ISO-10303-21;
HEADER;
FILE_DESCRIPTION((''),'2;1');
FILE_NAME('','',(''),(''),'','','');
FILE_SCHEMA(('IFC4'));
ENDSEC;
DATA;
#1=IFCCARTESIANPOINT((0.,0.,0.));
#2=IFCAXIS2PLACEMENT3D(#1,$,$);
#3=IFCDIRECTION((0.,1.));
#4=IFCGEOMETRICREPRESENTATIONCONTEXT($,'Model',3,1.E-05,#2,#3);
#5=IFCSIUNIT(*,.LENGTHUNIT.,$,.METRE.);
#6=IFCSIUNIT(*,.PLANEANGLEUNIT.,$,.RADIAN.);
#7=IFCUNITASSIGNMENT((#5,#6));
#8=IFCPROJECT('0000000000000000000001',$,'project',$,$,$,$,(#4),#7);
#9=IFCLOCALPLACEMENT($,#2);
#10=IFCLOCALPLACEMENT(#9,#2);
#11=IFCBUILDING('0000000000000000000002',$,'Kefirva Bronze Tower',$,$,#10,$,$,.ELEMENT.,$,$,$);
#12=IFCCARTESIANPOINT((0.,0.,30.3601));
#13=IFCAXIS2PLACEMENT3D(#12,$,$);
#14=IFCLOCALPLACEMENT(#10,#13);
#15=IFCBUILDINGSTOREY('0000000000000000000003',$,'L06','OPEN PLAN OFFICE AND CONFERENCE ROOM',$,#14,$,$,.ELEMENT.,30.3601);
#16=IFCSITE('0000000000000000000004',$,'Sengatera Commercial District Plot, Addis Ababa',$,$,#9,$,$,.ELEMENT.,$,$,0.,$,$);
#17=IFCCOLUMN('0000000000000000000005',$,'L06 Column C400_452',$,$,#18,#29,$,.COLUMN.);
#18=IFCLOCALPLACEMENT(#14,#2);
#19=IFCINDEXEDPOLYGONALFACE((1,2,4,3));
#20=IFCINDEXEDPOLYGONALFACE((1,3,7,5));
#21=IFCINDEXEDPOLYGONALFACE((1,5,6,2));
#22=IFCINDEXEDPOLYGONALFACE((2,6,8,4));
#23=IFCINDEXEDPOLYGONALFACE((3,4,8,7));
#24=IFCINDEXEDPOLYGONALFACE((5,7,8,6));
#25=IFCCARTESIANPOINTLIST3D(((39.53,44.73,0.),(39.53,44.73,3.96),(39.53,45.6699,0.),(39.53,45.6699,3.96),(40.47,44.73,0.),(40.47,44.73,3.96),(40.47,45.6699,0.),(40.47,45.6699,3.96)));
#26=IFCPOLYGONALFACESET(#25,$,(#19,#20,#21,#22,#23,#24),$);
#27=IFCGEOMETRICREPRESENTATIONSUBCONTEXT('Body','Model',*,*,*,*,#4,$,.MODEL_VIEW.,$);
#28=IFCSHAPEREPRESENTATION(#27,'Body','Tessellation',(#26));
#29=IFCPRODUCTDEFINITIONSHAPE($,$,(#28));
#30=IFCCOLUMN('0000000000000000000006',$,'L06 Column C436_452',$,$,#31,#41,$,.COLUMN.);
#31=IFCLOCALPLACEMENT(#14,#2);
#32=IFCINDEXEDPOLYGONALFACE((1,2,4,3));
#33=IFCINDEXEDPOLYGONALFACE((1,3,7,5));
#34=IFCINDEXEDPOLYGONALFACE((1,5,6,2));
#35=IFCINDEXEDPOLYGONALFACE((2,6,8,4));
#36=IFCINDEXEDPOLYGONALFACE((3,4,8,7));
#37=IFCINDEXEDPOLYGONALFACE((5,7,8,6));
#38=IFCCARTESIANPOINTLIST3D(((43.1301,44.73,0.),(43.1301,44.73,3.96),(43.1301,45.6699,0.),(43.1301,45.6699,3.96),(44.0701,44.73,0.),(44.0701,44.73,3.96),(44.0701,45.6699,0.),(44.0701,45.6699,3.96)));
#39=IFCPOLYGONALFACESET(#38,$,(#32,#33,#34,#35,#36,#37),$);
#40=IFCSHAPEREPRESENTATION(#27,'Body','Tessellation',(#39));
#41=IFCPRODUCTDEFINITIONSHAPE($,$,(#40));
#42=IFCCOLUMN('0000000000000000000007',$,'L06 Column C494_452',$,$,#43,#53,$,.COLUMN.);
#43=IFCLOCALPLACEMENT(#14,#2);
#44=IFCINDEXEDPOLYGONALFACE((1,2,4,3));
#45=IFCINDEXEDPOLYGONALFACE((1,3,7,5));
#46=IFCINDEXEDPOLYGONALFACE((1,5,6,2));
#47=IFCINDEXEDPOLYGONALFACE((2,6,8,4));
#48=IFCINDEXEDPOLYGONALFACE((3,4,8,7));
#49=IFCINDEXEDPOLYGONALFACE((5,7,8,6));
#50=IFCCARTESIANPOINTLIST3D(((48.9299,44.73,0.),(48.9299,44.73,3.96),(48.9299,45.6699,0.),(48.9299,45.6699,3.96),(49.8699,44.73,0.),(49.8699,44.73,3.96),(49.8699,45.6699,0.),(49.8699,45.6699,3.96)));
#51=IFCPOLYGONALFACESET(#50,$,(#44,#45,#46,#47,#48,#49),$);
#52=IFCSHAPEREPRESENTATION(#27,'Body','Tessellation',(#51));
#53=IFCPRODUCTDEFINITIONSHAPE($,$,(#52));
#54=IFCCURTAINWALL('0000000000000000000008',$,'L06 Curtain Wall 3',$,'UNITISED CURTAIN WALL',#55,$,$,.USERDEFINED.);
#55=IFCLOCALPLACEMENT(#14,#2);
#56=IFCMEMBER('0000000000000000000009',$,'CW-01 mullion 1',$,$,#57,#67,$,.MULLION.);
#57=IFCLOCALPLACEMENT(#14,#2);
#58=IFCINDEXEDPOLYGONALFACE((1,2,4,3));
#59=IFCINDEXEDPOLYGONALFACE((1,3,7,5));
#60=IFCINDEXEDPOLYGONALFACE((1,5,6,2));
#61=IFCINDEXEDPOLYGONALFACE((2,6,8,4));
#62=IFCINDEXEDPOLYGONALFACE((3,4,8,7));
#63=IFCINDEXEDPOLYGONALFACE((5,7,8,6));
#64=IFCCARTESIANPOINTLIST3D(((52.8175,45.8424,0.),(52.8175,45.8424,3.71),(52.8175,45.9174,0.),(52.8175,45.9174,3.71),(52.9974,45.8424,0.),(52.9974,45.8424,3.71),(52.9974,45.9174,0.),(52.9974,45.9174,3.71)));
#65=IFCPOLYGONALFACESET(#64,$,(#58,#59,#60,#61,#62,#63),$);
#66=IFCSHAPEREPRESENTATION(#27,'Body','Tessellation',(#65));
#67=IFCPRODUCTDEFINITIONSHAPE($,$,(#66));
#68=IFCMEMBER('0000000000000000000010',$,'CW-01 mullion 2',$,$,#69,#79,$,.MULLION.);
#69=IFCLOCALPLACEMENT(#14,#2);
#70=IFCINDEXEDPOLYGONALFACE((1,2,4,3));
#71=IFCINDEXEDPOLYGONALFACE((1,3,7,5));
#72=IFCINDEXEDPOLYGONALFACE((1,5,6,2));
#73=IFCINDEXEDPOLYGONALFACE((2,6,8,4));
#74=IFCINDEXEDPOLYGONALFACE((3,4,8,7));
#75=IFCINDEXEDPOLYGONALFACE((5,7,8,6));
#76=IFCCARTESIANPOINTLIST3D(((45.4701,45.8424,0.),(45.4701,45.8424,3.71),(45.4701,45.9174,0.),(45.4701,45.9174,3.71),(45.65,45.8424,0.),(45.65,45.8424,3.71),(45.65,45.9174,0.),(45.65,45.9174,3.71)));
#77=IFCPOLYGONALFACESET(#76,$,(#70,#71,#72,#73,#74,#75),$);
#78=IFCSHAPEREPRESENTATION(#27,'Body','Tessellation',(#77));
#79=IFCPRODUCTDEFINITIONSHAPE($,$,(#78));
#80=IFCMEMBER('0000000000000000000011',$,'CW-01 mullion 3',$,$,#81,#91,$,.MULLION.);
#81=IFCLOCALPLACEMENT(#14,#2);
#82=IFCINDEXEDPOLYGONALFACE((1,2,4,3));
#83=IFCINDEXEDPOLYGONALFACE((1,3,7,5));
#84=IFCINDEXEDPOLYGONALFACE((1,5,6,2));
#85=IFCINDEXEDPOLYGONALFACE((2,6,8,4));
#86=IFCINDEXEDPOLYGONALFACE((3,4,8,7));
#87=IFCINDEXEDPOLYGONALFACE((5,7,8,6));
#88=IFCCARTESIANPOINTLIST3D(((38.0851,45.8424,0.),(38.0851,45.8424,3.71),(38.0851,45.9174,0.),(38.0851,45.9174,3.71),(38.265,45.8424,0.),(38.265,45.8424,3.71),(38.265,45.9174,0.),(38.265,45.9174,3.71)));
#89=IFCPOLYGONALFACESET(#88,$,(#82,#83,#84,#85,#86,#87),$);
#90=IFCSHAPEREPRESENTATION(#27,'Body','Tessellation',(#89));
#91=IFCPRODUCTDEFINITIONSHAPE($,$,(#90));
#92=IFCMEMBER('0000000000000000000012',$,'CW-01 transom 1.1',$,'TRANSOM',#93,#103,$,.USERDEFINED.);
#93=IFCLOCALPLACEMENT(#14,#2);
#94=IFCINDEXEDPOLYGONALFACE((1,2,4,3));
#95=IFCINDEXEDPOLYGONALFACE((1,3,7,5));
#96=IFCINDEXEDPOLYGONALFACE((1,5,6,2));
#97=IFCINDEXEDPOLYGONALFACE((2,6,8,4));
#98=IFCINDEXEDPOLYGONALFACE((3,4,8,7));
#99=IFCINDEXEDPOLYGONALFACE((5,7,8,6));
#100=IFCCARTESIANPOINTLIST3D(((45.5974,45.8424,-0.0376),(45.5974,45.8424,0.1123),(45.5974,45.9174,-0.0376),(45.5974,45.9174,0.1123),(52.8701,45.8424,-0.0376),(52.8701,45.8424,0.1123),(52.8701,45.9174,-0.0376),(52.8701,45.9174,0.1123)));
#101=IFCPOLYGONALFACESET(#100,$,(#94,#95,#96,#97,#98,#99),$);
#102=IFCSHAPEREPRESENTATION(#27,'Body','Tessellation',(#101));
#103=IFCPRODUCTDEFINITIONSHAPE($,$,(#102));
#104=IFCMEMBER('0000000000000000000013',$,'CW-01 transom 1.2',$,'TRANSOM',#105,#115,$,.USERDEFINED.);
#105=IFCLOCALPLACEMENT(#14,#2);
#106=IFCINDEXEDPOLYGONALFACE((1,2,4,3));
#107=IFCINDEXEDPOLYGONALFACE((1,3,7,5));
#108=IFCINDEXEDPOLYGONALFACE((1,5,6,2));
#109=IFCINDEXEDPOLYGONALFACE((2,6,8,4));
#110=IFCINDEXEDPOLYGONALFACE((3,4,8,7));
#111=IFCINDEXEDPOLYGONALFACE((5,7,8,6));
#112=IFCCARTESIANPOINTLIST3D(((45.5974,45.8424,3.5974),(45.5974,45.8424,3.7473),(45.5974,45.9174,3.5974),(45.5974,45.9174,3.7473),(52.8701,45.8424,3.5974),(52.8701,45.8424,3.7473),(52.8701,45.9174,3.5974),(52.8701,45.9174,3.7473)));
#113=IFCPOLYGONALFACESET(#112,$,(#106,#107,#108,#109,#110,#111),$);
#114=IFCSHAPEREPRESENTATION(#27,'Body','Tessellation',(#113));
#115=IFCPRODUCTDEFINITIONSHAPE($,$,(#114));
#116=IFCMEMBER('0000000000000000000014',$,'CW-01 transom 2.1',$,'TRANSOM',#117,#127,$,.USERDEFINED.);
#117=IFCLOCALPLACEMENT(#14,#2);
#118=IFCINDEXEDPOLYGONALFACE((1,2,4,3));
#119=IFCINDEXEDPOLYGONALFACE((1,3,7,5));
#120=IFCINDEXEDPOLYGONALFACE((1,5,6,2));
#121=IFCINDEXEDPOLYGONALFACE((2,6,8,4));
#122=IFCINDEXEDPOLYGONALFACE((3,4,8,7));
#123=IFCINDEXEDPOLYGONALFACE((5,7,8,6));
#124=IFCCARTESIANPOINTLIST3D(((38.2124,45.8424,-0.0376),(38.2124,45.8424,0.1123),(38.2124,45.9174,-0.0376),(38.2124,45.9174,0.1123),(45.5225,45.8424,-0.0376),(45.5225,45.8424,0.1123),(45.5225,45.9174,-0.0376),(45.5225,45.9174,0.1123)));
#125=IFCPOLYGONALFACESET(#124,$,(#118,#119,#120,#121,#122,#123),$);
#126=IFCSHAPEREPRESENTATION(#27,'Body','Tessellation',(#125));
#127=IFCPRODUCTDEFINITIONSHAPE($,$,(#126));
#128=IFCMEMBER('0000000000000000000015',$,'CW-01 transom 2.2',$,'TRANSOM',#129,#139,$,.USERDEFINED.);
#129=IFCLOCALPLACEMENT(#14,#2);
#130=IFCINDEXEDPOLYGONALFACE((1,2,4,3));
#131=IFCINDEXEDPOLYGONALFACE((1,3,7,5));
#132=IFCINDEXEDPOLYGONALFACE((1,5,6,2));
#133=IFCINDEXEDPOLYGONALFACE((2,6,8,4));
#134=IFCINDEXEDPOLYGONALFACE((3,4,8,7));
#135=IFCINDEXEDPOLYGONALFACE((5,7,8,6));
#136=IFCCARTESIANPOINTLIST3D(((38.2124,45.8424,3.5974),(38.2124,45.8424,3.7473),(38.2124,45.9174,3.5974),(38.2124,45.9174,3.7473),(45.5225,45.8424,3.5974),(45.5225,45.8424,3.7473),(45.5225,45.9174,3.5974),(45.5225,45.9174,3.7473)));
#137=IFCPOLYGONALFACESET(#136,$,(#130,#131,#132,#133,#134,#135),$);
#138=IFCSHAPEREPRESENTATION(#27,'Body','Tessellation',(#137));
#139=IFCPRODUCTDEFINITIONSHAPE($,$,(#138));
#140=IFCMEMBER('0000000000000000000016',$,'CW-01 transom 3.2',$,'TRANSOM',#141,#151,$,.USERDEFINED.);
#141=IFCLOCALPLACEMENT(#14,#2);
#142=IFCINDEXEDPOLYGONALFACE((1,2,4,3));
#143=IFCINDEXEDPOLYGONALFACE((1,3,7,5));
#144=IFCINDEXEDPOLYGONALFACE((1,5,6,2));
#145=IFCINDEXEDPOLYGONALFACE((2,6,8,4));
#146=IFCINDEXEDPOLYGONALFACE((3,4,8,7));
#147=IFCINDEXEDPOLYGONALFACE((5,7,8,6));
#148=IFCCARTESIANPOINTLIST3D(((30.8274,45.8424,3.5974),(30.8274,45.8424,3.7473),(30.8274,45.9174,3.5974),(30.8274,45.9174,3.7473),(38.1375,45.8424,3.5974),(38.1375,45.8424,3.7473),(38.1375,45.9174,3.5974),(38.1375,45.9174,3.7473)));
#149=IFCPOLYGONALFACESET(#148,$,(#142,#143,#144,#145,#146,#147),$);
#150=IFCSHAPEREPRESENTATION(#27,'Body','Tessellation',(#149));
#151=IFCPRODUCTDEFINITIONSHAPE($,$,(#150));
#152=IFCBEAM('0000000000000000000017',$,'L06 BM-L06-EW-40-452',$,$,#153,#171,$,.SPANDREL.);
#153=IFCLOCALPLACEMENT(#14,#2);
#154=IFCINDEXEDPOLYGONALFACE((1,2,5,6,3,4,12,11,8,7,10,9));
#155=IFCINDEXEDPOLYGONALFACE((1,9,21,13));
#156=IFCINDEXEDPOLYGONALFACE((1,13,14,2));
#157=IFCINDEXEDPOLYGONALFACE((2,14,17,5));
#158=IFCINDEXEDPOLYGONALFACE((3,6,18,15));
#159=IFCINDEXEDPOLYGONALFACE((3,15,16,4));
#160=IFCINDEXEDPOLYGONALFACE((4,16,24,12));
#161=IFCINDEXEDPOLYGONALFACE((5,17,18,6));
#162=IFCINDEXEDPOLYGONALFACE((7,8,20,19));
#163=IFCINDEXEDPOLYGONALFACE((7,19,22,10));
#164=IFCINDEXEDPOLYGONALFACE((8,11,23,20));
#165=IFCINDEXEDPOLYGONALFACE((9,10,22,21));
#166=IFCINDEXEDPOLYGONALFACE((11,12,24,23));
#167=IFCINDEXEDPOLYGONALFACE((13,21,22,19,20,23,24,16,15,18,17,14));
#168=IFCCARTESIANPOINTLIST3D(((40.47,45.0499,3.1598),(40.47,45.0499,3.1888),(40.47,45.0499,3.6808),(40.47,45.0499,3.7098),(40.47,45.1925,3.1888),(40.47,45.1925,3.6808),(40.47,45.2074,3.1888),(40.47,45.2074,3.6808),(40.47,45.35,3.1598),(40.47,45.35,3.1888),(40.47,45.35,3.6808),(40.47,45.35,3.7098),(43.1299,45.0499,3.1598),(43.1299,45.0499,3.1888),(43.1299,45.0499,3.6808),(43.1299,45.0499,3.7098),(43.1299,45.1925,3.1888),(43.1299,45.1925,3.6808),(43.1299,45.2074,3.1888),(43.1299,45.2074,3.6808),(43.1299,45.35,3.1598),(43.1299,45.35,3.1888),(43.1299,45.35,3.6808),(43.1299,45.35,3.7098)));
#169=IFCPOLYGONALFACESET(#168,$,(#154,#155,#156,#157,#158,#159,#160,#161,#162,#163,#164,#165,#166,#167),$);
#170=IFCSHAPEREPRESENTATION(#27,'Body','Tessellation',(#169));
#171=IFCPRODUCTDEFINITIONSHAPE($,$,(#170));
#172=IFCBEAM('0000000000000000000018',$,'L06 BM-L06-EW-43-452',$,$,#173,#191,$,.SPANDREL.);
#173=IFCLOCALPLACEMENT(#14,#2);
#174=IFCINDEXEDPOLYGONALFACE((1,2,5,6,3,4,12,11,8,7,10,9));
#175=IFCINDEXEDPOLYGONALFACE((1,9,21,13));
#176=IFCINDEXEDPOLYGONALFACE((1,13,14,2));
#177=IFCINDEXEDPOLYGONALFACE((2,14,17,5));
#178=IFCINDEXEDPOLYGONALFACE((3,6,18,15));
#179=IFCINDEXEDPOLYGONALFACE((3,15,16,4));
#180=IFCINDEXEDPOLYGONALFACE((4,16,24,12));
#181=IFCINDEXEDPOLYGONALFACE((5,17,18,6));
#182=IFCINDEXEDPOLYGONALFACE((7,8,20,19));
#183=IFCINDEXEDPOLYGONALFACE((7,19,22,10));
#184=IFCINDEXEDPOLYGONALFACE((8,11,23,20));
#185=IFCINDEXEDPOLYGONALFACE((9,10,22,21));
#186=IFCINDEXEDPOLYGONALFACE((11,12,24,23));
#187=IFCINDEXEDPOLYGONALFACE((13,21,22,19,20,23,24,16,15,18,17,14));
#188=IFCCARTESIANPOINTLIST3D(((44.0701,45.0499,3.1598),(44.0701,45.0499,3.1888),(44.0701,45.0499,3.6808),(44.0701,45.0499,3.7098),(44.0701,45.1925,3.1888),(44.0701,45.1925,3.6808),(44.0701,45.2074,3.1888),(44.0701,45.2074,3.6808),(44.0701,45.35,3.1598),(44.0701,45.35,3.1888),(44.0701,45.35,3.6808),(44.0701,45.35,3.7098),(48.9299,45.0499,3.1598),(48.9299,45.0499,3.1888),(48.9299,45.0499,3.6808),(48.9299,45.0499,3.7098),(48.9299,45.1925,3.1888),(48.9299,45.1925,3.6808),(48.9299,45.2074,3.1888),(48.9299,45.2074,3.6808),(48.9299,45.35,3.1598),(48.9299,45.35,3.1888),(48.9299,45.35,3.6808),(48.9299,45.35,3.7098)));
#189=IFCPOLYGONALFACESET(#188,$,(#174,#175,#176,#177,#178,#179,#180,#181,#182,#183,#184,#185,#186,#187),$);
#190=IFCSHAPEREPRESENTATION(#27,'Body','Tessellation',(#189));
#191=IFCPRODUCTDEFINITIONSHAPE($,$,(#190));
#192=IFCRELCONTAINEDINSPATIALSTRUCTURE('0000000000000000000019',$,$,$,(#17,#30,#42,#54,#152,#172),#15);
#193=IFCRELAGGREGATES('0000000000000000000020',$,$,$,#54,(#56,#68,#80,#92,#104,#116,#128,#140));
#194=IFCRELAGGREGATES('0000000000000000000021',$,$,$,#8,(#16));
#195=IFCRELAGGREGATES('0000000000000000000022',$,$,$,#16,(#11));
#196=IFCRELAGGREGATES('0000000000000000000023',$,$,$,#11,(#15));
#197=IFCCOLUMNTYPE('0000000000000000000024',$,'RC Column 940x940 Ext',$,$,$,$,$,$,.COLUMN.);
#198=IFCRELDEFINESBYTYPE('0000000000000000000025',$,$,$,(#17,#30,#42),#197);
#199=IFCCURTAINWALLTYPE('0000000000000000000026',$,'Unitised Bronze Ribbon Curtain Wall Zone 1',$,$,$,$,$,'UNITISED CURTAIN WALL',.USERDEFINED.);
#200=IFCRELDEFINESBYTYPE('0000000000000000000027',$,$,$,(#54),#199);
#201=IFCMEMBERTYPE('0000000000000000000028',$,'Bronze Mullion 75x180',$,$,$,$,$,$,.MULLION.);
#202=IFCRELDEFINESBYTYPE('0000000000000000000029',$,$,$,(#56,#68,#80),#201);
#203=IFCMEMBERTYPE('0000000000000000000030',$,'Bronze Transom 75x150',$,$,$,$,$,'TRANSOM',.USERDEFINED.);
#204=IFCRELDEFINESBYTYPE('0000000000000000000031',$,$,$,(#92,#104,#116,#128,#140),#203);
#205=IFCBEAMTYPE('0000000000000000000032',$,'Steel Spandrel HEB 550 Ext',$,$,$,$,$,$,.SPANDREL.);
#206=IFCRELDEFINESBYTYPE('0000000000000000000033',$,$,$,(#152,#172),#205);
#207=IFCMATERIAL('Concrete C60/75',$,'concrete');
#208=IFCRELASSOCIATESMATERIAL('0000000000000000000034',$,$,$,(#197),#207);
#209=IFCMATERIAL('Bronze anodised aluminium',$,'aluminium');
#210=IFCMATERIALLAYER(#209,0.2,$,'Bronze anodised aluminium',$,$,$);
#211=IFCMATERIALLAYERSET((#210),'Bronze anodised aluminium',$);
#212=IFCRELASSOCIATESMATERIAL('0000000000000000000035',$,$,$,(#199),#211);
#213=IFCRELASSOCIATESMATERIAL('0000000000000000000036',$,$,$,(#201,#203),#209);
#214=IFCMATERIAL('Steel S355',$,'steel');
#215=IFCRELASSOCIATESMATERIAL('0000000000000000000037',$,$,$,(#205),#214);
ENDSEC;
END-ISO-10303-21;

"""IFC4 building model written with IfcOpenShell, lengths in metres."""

from ifc_helpers import new_model, si_unit, direction, frame, origin, origin_2d, place, context, subcontext, project, spatial, rectangle, i_section, extrude, material, layer, layer_set, material_profile, profile_set, type_object, element, aggregate, save


model = new_model("IFC4")

# Units and contexts
model_context = context("Model", 3, precision=1e-05, world=origin(), true_north=direction((0.0, 1.0)))
body_context = subcontext(model_context, "Body", "Model", "MODEL_VIEW")
ifc_project = project(units=[si_unit("LENGTHUNIT", "METRE"), si_unit("PLANEANGLEUNIT", "RADIAN")], contexts=[model_context])

# Site, building, storey
site_placement = place(None, origin())
site = spatial("IfcSite", under=ifc_project, at=site_placement, Name="Sengatera Commercial District Plot, Addis Ababa", CompositionType="ELEMENT", RefElevation=0.0)
building_placement = place(site_placement, origin())
building = spatial("IfcBuilding", under=site, at=building_placement, Name="Kefirva Bronze Tower", CompositionType="ELEMENT")
storey_placement = place(building_placement, frame((0.0, 0.0, 30.3601)))
storey = spatial("IfcBuildingStorey", under=building, at=storey_placement, Name="L06", Description="OPEN PLAN OFFICE AND CONFERENCE ROOM", CompositionType="ELEMENT", Elevation=30.3601)

# Columns
ifc_material_1 = material(Name="Concrete C60/75", Category="concrete")
ifc_material_profile_1 = material_profile(ifc_material_1, rectangle(XDim=0.9399, YDim=0.9399, at=origin_2d()), Name="RC 940x940")
ifc_profile_set_1 = profile_set([ifc_material_profile_1], Name="Concrete C60/75")
column_type = type_object("IfcColumnType", Name="RC Column 940x940 Ext", PredefinedType="COLUMN", material=ifc_profile_set_1)
for number, where, z_axis, x_axis, name in (
    (1, (40.0, 45.2, 0.0), (0.0, 0.0, 1.0), (1.0, 0.0, 0.0), "L06 Column C400_452"),
    (2, (43.6001, 45.2, 0.0), (0.0, 0.0, 1.0), (1.0, 0.0, 0.0), "L06 Column C436_452"),
    (3, (49.3999, 45.2, 0.0), (0.0, 0.0, 1.0), (1.0, 0.0, 0.0), "L06 Column C494_452"),
):
    element("IfcColumn", number, at=place(storey_placement, frame(where, z_axis=z_axis, x_axis=x_axis)), inside=storey, type_object=column_type, Name=name, PredefinedType="COLUMN", context=body_context, shape_type="SweptSolid", body=[
        extrude(rectangle(XDim=0.9399, YDim=0.9399, at=origin_2d()), origin(), (0.0, 0.0, 1.0), 3.96),
    ])

# Curtain wall, members
ifc_material_2 = material(Name="Bronze anodised aluminium", Category="aluminium")
ifc_layer_1 = layer(ifc_material_2, 0.2, Name="Bronze anodised aluminium")
ifc_layer_set_1 = layer_set([ifc_layer_1], Name="Bronze anodised aluminium")
curtain_wall_type = type_object("IfcCurtainWallType", Name="Unitised Bronze Ribbon Curtain Wall Zone 1", ElementType="UNITISED CURTAIN WALL", PredefinedType="USERDEFINED", material=ifc_layer_set_1)
curtain_wall_placement = place(storey_placement, origin())
curtain_wall = element("IfcCurtainWall", 4, at=curtain_wall_placement, inside=storey, type_object=curtain_wall_type, Name="L06 Curtain Wall 3", ObjectType="UNITISED CURTAIN WALL", PredefinedType="USERDEFINED")
ifc_material_profile_2 = material_profile(ifc_material_2, rectangle(XDim=0.075, YDim=0.1799, at=origin_2d()), Name="ALU 75x180")
ifc_profile_set_2 = profile_set([ifc_material_profile_2], Name="Bronze anodised aluminium")
member_type_1 = type_object("IfcMemberType", Name="Bronze Mullion 75x180", PredefinedType="MULLION", material=ifc_profile_set_2)
member_1_placement = place(storey_placement, frame((52.9075, 45.8799, 0.0), z_axis=(0.0, 0.0, 1.0), x_axis=(0.0, -1.0, 0.0)))
member_1 = element("IfcMember", 5, at=member_1_placement, type_object=member_type_1, Name="CW-01 mullion 1", PredefinedType="MULLION", context=body_context, shape_type="SweptSolid", body=[
    extrude(rectangle(XDim=0.075, YDim=0.1799, at=origin_2d()), origin(), (0.0, 0.0, 1.0), 3.71),
])
member_2_placement = place(storey_placement, frame((45.5601, 45.8799, 0.0), z_axis=(0.0, 0.0, 1.0), x_axis=(0.0, -1.0, 0.0)))
member_2 = element("IfcMember", 6, at=member_2_placement, type_object=member_type_1, Name="CW-01 mullion 2", PredefinedType="MULLION", context=body_context, shape_type="SweptSolid", body=[
    extrude(rectangle(XDim=0.075, YDim=0.1799, at=origin_2d()), origin(), (0.0, 0.0, 1.0), 3.71),
])
member_3_placement = place(storey_placement, frame((38.175, 45.8799, 0.0), z_axis=(0.0, 0.0, 1.0), x_axis=(0.0, -1.0, 0.0)))
member_3 = element("IfcMember", 7, at=member_3_placement, type_object=member_type_1, Name="CW-01 mullion 3", PredefinedType="MULLION", context=body_context, shape_type="SweptSolid", body=[
    extrude(rectangle(XDim=0.075, YDim=0.1799, at=origin_2d()), origin(), (0.0, 0.0, 1.0), 3.71),
])
ifc_material_profile_3 = material_profile(ifc_material_2, rectangle(XDim=0.075, YDim=0.1499, at=origin_2d()), Name="ALU 75x150")
ifc_profile_set_3 = profile_set([ifc_material_profile_3], Name="Bronze anodised aluminium")
member_type_2 = type_object("IfcMemberType", Name="Bronze Transom 75x150", ElementType="TRANSOM", PredefinedType="USERDEFINED", material=ifc_profile_set_3)
member_4_placement = place(storey_placement, frame((52.8701, 45.8799, 0.0374), z_axis=(-1.0, 0.0, 0.0), x_axis=(0.0, -1.0, 0.0)))
member_4 = element("IfcMember", 8, at=member_4_placement, type_object=member_type_2, Name="CW-01 transom 1.1", ObjectType="TRANSOM", PredefinedType="USERDEFINED", context=body_context, shape_type="SweptSolid", body=[
    extrude(rectangle(XDim=0.075, YDim=0.1499, at=origin_2d()), origin(), (0.0, 0.0, 1.0), 7.2727),
])
member_5_placement = place(storey_placement, frame((52.8701, 45.8799, 3.6724), z_axis=(-1.0, 0.0, 0.0), x_axis=(0.0, -1.0, 0.0)))
member_5 = element("IfcMember", 9, at=member_5_placement, type_object=member_type_2, Name="CW-01 transom 1.2", ObjectType="TRANSOM", PredefinedType="USERDEFINED", context=body_context, shape_type="SweptSolid", body=[
    extrude(rectangle(XDim=0.075, YDim=0.1499, at=origin_2d()), origin(), (0.0, 0.0, 1.0), 7.2727),
])
member_6_placement = place(storey_placement, frame((45.5225, 45.8799, 0.0374), z_axis=(-1.0, 0.0, 0.0), x_axis=(0.0, -1.0, 0.0)))
member_6 = element("IfcMember", 10, at=member_6_placement, type_object=member_type_2, Name="CW-01 transom 2.1", ObjectType="TRANSOM", PredefinedType="USERDEFINED", context=body_context, shape_type="SweptSolid", body=[
    extrude(rectangle(XDim=0.075, YDim=0.1499, at=origin_2d()), origin(), (0.0, 0.0, 1.0), 7.3101),
])
member_7_placement = place(storey_placement, frame((45.5225, 45.8799, 3.6724), z_axis=(-1.0, 0.0, 0.0), x_axis=(0.0, -1.0, 0.0)))
member_7 = element("IfcMember", 11, at=member_7_placement, type_object=member_type_2, Name="CW-01 transom 2.2", ObjectType="TRANSOM", PredefinedType="USERDEFINED", context=body_context, shape_type="SweptSolid", body=[
    extrude(rectangle(XDim=0.075, YDim=0.1499, at=origin_2d()), origin(), (0.0, 0.0, 1.0), 7.3101),
])
member_8_placement = place(storey_placement, frame((38.1375, 45.8799, 3.6724), z_axis=(-1.0, 0.0, 0.0), x_axis=(0.0, -1.0, 0.0)))
member_8 = element("IfcMember", 12, at=member_8_placement, type_object=member_type_2, Name="CW-01 transom 3.2", ObjectType="TRANSOM", PredefinedType="USERDEFINED", context=body_context, shape_type="SweptSolid", body=[
    extrude(rectangle(XDim=0.075, YDim=0.1499, at=origin_2d()), origin(), (0.0, 0.0, 1.0), 7.3101),
])

# Beams
ifc_material_3 = material(Name="Steel S355", Category="steel")
ifc_material_profile_4 = material_profile(ifc_material_3, i_section(OverallWidth=0.3, OverallDepth=0.55, WebThickness=0.0149, FlangeThickness=0.0291, at=origin_2d()), Name="HEB 550")
ifc_profile_set_4 = profile_set([ifc_material_profile_4], Name="Steel S355")
beam_type = type_object("IfcBeamType", Name="Steel Spandrel HEB 550 Ext", PredefinedType="SPANDREL", material=ifc_profile_set_4)
beam_1_placement = place(storey_placement, frame((40.47, 45.2, 3.4348), z_axis=(1.0, 0.0, 0.0), x_axis=(0.0, 1.0, 0.0)))
element("IfcBeam", 13, at=beam_1_placement, inside=storey, type_object=beam_type, Name="L06 BM-L06-EW-40-452", PredefinedType="SPANDREL", context=body_context, shape_type="SweptSolid", body=[
    extrude(i_section(OverallWidth=0.3, OverallDepth=0.55, WebThickness=0.0149, FlangeThickness=0.0291, at=origin_2d()), origin(), (0.0, 0.0, 1.0), 2.6599),
])
beam_2_placement = place(storey_placement, frame((44.0701, 45.2, 3.4348), z_axis=(1.0, 0.0, 0.0), x_axis=(0.0, 1.0, 0.0)))
element("IfcBeam", 14, at=beam_2_placement, inside=storey, type_object=beam_type, Name="L06 BM-L06-EW-43-452", PredefinedType="SPANDREL", context=body_context, shape_type="SweptSolid", body=[
    extrude(i_section(OverallWidth=0.3, OverallDepth=0.55, WebThickness=0.0149, FlangeThickness=0.0291, at=origin_2d()), origin(), (0.0, 0.0, 1.0), 4.8599),
])

aggregate(curtain_wall, [member_1, member_2, member_3, member_4, member_5, member_6, member_7, member_8])

save(model, "model.ifc")
